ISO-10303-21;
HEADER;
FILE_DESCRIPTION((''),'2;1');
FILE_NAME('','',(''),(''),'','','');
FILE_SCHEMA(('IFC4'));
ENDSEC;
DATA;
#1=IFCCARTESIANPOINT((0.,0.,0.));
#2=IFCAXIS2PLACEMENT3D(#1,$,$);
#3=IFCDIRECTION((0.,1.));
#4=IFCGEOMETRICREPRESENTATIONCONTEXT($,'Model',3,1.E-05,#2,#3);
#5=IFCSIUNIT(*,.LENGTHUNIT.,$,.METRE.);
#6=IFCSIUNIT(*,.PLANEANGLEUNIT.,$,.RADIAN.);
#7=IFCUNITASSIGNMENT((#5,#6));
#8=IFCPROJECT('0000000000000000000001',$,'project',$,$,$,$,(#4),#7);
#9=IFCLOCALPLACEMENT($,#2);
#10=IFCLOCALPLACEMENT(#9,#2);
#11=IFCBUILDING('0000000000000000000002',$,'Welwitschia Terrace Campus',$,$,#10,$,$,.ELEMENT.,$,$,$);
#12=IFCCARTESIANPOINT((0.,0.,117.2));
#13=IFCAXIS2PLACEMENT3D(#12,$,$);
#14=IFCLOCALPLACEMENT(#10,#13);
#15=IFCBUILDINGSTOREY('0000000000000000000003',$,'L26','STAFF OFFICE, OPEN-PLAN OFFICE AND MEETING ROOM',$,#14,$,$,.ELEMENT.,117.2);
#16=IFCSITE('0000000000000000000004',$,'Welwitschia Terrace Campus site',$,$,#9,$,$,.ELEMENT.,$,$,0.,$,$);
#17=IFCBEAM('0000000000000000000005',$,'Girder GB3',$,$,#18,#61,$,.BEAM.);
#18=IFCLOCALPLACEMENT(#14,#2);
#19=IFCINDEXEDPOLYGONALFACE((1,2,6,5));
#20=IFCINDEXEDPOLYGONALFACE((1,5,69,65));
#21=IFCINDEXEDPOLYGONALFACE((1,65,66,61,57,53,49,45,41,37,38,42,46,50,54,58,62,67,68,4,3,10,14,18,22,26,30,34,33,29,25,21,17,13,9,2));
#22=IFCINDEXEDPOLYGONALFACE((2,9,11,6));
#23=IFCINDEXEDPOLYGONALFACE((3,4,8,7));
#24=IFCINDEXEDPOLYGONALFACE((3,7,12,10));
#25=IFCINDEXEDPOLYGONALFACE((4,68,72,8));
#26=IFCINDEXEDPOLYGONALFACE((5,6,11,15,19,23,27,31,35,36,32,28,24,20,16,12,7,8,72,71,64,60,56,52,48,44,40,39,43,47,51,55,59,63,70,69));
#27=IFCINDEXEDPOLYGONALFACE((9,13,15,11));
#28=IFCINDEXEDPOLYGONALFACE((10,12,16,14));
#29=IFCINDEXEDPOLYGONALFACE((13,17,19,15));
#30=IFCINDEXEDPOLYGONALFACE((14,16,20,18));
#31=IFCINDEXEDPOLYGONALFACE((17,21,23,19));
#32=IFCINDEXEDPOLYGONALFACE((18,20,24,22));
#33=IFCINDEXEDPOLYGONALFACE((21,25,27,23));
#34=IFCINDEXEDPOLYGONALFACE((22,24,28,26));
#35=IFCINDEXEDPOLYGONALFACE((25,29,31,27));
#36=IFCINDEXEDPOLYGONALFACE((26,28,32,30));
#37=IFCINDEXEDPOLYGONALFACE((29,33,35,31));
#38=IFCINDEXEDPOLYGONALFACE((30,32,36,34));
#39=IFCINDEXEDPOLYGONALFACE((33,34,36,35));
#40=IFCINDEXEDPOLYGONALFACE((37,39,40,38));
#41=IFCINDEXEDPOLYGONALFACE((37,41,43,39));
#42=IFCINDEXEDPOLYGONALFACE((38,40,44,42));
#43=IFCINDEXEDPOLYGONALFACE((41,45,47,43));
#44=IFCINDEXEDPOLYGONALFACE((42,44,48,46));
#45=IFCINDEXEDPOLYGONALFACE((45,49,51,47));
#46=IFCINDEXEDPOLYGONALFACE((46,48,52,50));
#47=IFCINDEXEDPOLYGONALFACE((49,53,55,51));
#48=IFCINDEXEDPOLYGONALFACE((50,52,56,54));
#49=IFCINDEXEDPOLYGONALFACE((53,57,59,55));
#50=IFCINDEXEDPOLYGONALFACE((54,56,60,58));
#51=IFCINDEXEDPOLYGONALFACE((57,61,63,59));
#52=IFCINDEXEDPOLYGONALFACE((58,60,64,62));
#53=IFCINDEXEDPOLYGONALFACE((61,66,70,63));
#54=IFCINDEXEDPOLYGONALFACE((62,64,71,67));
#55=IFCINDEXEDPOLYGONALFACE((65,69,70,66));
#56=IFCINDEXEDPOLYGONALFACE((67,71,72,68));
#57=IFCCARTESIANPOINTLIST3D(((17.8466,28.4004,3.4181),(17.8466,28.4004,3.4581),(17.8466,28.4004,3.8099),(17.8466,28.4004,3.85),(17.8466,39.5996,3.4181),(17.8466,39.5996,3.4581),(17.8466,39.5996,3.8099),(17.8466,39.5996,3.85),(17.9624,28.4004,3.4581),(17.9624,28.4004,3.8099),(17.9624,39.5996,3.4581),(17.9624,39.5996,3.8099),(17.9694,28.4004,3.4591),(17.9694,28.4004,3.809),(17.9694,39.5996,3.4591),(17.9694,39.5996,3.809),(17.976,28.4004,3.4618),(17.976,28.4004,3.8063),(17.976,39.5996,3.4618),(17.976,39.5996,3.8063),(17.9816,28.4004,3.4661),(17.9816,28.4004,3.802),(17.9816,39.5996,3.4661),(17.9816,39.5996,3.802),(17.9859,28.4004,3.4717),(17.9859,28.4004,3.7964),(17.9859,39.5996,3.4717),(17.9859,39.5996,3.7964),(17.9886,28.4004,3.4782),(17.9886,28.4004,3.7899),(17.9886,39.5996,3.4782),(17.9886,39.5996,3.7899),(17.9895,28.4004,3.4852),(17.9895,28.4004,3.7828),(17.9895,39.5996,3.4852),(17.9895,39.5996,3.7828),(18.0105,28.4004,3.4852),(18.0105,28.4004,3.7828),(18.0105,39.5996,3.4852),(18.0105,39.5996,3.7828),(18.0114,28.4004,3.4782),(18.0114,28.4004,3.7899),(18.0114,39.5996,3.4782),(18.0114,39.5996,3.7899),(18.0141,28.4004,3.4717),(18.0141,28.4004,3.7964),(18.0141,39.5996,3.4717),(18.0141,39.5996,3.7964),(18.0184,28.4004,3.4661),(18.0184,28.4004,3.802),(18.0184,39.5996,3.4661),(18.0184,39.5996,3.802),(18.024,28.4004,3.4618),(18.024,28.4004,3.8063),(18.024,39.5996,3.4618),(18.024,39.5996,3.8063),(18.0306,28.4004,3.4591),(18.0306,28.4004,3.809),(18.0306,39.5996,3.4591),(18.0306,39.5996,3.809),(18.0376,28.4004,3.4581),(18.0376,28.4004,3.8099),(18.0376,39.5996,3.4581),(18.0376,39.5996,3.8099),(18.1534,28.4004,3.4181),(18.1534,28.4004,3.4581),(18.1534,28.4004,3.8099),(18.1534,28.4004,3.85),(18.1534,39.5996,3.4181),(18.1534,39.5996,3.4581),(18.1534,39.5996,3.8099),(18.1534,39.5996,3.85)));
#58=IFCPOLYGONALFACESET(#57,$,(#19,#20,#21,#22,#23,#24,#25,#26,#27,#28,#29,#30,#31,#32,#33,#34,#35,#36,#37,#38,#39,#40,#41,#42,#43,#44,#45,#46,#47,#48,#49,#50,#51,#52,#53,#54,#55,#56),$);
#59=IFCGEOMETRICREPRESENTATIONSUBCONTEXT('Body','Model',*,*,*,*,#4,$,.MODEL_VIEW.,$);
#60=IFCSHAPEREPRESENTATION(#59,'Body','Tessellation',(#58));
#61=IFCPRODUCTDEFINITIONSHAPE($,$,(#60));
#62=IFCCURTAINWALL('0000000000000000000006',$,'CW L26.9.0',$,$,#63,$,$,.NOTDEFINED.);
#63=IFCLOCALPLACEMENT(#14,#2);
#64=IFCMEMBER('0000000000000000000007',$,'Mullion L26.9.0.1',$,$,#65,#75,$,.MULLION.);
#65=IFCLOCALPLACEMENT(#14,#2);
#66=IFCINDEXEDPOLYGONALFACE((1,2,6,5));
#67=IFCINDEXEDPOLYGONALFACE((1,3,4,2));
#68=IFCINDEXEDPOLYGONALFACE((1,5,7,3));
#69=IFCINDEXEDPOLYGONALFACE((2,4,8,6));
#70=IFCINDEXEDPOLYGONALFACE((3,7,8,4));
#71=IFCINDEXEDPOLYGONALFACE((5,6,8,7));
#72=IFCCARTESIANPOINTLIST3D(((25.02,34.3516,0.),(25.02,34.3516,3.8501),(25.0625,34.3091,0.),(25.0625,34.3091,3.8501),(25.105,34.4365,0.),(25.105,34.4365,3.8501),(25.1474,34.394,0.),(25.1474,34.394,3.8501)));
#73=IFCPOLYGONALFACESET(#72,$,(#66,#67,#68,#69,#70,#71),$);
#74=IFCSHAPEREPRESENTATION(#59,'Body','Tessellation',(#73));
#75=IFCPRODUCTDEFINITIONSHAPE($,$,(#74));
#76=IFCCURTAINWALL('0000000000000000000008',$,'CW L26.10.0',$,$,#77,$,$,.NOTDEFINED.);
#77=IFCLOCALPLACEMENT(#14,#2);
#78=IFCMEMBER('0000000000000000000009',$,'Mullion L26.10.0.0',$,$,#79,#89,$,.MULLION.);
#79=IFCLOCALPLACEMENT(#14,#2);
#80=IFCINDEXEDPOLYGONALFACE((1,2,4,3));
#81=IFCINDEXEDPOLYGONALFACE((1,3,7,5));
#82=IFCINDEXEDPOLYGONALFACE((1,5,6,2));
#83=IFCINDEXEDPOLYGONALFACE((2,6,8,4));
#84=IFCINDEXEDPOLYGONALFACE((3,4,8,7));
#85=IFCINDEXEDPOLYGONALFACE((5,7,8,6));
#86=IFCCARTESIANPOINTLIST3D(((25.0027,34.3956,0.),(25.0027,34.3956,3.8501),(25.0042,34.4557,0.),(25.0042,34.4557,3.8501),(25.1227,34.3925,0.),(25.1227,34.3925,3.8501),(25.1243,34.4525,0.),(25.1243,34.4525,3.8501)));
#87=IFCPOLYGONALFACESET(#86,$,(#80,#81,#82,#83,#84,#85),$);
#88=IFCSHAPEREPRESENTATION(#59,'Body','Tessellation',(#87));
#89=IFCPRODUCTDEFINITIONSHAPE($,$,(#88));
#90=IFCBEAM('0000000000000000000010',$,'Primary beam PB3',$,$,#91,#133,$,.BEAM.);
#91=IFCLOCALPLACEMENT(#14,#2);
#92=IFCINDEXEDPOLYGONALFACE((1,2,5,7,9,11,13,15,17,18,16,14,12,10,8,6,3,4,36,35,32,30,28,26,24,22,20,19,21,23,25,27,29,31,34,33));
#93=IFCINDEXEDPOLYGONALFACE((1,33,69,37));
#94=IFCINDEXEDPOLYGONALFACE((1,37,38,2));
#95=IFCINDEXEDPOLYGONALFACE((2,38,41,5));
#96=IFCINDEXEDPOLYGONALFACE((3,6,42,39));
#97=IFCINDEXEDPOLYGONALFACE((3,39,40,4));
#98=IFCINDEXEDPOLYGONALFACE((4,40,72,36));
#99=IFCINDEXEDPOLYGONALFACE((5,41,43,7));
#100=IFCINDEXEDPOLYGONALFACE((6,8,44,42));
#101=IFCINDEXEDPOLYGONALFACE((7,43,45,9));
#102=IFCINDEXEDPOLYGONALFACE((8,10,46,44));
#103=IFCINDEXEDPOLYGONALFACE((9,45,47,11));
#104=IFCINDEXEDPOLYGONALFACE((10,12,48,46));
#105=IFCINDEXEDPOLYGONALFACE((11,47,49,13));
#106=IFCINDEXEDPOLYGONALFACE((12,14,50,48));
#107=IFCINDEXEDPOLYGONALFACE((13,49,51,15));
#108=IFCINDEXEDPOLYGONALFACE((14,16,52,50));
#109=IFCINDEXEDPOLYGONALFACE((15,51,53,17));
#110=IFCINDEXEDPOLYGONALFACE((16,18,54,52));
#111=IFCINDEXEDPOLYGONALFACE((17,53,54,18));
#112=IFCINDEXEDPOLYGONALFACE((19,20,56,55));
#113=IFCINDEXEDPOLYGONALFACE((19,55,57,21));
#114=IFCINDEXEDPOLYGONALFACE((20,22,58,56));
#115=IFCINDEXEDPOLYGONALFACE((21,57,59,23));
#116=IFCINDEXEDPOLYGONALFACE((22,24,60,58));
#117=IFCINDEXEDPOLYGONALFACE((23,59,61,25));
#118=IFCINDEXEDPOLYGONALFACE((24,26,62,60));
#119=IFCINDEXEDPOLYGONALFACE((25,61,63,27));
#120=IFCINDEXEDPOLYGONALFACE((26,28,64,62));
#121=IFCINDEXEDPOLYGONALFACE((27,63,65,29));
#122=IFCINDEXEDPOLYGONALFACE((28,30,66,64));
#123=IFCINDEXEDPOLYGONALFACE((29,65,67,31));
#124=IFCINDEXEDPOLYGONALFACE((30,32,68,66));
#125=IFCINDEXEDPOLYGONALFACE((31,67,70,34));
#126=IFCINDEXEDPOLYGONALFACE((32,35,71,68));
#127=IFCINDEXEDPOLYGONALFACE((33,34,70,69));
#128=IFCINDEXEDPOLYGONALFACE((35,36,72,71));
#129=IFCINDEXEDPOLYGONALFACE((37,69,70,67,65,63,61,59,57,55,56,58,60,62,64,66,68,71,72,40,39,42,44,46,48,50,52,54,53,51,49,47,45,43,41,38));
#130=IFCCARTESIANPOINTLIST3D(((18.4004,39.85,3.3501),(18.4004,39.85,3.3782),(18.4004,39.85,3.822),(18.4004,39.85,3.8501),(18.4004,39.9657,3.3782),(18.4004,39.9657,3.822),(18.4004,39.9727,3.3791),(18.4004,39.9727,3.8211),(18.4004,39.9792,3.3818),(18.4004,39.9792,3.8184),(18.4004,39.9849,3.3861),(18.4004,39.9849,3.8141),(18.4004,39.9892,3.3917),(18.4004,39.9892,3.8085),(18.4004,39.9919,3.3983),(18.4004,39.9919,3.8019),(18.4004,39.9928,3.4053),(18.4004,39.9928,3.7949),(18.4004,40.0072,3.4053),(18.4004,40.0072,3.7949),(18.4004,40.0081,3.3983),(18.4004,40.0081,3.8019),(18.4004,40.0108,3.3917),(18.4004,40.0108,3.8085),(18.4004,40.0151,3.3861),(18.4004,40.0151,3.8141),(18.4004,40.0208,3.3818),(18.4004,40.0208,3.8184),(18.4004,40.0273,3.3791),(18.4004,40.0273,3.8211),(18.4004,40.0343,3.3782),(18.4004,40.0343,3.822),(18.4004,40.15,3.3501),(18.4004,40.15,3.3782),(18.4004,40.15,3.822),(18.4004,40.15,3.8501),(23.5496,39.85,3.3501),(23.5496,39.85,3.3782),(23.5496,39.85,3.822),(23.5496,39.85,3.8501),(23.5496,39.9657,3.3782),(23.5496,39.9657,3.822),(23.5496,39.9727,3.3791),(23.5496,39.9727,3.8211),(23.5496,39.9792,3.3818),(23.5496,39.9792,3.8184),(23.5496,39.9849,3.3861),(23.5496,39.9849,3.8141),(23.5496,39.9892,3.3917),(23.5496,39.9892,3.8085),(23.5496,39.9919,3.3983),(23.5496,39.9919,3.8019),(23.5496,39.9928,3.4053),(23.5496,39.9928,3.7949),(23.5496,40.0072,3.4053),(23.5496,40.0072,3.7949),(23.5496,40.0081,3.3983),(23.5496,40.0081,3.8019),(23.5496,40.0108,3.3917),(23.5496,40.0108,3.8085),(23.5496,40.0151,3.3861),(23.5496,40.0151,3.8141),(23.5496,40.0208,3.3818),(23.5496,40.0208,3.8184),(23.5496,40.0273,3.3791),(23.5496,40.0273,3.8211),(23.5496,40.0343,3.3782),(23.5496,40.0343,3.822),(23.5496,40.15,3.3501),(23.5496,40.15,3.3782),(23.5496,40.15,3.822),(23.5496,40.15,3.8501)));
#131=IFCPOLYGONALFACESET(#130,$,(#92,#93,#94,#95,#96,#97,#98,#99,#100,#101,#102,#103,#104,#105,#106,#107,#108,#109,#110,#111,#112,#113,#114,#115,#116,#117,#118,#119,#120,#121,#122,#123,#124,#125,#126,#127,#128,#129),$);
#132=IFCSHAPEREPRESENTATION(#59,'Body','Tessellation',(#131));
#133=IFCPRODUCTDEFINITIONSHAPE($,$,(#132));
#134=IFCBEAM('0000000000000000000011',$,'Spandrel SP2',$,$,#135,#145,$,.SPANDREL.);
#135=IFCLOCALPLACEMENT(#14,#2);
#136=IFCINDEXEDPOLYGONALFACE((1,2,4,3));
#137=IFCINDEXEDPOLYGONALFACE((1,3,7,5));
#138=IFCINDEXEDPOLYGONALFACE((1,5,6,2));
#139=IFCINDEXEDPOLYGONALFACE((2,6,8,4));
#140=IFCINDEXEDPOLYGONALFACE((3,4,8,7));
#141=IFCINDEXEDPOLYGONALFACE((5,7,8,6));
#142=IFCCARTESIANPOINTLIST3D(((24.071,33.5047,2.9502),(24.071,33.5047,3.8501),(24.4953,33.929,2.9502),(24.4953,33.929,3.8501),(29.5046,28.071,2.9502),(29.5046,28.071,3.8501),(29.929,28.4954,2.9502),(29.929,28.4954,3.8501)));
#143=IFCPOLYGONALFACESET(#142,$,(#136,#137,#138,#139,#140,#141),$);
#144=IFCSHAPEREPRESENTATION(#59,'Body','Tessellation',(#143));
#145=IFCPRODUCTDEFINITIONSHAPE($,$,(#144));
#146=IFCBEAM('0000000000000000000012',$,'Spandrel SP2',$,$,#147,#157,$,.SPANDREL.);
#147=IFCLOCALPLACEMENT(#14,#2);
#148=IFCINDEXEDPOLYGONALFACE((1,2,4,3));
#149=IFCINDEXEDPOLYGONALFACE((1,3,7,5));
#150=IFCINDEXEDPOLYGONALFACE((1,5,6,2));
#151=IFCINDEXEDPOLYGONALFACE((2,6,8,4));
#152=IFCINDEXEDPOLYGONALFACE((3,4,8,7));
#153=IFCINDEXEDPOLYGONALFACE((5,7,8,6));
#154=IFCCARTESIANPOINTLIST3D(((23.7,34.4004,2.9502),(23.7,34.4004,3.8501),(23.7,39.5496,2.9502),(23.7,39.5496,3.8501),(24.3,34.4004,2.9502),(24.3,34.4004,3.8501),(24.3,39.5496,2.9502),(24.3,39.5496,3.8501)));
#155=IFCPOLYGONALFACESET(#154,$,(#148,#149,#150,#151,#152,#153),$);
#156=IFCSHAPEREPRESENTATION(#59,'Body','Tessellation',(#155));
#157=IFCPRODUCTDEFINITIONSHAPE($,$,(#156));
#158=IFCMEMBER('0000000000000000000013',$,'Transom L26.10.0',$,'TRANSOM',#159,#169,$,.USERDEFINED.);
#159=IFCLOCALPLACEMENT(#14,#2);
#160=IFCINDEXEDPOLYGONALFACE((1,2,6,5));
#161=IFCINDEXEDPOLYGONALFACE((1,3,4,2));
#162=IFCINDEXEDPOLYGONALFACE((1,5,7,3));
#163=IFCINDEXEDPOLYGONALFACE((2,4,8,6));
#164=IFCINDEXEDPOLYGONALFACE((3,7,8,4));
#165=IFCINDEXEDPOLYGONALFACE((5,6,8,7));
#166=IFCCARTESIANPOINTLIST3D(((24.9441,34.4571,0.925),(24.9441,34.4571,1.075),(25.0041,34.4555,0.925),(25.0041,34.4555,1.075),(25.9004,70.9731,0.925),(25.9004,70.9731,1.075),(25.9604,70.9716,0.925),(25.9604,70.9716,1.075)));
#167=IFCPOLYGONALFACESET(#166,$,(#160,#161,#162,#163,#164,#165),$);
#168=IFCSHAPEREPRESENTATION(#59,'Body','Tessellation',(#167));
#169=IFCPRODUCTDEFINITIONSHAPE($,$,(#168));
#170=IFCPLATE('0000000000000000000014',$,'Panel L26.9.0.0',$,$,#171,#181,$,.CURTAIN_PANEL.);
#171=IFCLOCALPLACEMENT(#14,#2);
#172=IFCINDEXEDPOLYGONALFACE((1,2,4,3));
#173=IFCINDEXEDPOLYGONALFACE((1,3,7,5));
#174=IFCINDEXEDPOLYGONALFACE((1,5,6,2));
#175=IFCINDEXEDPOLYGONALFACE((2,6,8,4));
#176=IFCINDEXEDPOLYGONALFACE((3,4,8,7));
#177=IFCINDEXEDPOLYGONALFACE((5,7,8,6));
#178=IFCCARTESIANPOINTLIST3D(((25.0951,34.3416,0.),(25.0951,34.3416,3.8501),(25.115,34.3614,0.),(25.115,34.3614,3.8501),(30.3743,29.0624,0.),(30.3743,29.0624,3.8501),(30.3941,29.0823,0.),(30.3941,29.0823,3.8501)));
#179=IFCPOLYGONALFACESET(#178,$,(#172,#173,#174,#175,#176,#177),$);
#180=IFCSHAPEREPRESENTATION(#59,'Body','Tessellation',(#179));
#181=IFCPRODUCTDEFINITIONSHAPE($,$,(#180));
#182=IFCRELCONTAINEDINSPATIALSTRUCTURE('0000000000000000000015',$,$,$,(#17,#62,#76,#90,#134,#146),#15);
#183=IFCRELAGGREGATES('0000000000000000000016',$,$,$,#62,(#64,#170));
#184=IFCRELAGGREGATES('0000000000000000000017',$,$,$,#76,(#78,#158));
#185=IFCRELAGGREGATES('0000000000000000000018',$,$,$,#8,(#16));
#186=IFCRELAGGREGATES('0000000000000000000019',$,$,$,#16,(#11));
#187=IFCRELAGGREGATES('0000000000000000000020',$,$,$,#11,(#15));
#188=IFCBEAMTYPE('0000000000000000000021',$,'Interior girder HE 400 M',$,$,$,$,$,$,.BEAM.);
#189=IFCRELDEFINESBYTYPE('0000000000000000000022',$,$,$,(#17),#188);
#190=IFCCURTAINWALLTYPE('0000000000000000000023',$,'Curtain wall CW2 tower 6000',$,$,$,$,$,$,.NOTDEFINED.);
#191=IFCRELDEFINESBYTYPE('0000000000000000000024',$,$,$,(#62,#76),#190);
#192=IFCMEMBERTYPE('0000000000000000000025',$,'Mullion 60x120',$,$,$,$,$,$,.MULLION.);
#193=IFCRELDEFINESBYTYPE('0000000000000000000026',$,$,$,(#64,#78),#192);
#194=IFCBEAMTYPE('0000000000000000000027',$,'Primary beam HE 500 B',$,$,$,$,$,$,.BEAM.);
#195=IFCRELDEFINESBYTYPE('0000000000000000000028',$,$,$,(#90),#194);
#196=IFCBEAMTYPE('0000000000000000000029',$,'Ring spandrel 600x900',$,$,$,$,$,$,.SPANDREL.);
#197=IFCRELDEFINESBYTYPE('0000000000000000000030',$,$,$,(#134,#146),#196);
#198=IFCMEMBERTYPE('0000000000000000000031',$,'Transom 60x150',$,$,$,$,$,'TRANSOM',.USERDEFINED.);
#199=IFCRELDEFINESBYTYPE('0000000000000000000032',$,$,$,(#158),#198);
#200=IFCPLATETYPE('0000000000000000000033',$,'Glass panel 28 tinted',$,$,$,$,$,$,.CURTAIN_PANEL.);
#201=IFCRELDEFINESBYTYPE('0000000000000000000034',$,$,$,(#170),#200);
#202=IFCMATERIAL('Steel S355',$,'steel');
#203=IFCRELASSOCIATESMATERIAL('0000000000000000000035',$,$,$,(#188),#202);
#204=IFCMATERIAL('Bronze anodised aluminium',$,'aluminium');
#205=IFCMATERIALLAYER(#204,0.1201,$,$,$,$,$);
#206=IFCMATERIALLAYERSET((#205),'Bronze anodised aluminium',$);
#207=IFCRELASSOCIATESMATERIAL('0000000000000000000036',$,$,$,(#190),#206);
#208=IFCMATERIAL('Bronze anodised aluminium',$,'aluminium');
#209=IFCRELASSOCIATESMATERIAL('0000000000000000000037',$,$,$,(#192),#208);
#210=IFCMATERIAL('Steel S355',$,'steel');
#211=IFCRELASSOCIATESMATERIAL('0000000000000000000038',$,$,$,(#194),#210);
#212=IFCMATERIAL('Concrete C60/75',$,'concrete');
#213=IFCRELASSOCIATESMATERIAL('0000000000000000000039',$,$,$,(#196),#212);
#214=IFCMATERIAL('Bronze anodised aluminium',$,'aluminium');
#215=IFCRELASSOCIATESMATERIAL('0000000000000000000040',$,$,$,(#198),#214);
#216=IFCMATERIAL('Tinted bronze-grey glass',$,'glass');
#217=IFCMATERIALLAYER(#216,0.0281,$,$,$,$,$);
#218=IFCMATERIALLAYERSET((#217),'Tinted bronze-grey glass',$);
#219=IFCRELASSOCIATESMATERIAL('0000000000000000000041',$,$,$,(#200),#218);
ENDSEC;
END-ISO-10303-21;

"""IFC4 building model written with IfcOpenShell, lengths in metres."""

from ifc_helpers import new_model, si_unit, direction, frame, origin, origin_2d, place, context, subcontext, project, spatial, rectangle, i_section, extrude, material, layer, layer_set, material_profile, profile_set, type_object, element, aggregate, save


model = new_model("IFC4")

# Units and contexts
model_context = context("Model", 3, precision=1e-05, world=origin(), true_north=direction((0.0, 1.0)))
body_context = subcontext(model_context, "Body", "Model", "MODEL_VIEW")
ifc_project = project(units=[si_unit("LENGTHUNIT", "METRE"), si_unit("PLANEANGLEUNIT", "RADIAN")], contexts=[model_context])

# Site, building, storey
site_placement = place(None, origin())
site = spatial("IfcSite", under=ifc_project, at=site_placement, Name="Welwitschia Terrace Campus site", CompositionType="ELEMENT", RefElevation=0.0)
building_placement = place(site_placement, origin())
building = spatial("IfcBuilding", under=site, at=building_placement, Name="Welwitschia Terrace Campus", CompositionType="ELEMENT")
storey_placement = place(building_placement, frame((0.0, 0.0, 117.2)))
storey = spatial("IfcBuildingStorey", under=building, at=storey_placement, Name="L26", Description="STAFF OFFICE, OPEN-PLAN OFFICE AND MEETING ROOM", CompositionType="ELEMENT", Elevation=117.2)

# Beam
ifc_material_1 = material(Name="Steel S355", Category="steel")
ifc_material_profile_1 = material_profile(ifc_material_1, i_section(OverallWidth=0.3069, OverallDepth=0.4319, WebThickness=0.021, FlangeThickness=0.04, FilletRadius=0.0271, at=origin_2d()))
ifc_profile_set_1 = profile_set([ifc_material_profile_1], Name="Steel S355")
beam_type_1 = type_object("IfcBeamType", Name="Interior girder HE 400 M", PredefinedType="BEAM", material=ifc_profile_set_1)
beam_1_placement = place(storey_placement, frame((18.0, 28.4004, 3.634), z_axis=(0.0, 1.0, 0.0), x_axis=(-1.0, 0.0, 0.0)))
element("IfcBeam", 1, at=beam_1_placement, inside=storey, type_object=beam_type_1, Name="Girder GB3", PredefinedType="BEAM", context=body_context, shape_type="SweptSolid", body=[
    extrude(i_section(OverallWidth=0.3069, OverallDepth=0.4319, WebThickness=0.021, FlangeThickness=0.04, FilletRadius=0.0271, at=origin_2d()), origin(), (0.0, 0.0, 1.0), 11.1992),
])

# Curtain walls, members
ifc_material_2 = material(Name="Bronze anodised aluminium", Category="aluminium")
ifc_layer_1 = layer(ifc_material_2, 0.1201)
ifc_layer_set_1 = layer_set([ifc_layer_1], Name="Bronze anodised aluminium")
curtain_wall_type = type_object("IfcCurtainWallType", Name="Curtain wall CW2 tower 6000", PredefinedType="NOTDEFINED", material=ifc_layer_set_1)
curtain_wall_1_placement = place(storey_placement, origin())
curtain_wall_1 = element("IfcCurtainWall", 2, at=curtain_wall_1_placement, inside=storey, type_object=curtain_wall_type, Name="CW L26.9.0", PredefinedType="NOTDEFINED")
ifc_material_3 = material(Name="Bronze anodised aluminium", Category="aluminium")
ifc_material_profile_2 = material_profile(ifc_material_3, rectangle(XDim=0.1201, YDim=0.0601, at=origin_2d()))
ifc_profile_set_2 = profile_set([ifc_material_profile_2], Name="Bronze anodised aluminium")
member_type_1 = type_object("IfcMemberType", Name="Mullion 60x120", PredefinedType="MULLION", material=ifc_profile_set_2)
member_1_placement = place(storey_placement, frame((25.0837, 34.3728, 0.0), z_axis=(0.0, 0.0, 1.0), x_axis=(-0.707107, -0.707107, 0.0)))
member_1 = element("IfcMember", 3, at=member_1_placement, type_object=member_type_1, Name="Mullion L26.9.0.1", PredefinedType="MULLION", context=body_context, shape_type="SweptSolid", body=[
    extrude(rectangle(XDim=0.1201, YDim=0.0601, at=origin_2d()), origin(), (0.0, 0.0, 1.0), 3.8501),
])
curtain_wall_2_placement = place(storey_placement, origin())
curtain_wall_2 = element("IfcCurtainWall", 4, at=curtain_wall_2_placement, inside=storey, type_object=curtain_wall_type, Name="CW L26.10.0", PredefinedType="NOTDEFINED")
member_2_placement = place(storey_placement, frame((25.0635, 34.4241, 0.0), z_axis=(0.0, 0.0, 1.0), x_axis=(-0.999657, 0.026177, 0.0)))
member_2 = element("IfcMember", 5, at=member_2_placement, type_object=member_type_1, Name="Mullion L26.10.0.0", PredefinedType="MULLION", context=body_context, shape_type="SweptSolid", body=[
    extrude(rectangle(XDim=0.1201, YDim=0.0601, at=origin_2d()), origin(), (0.0, 0.0, 1.0), 3.8501),
])

# Beams
ifc_material_4 = material(Name="Steel S355", Category="steel")
ifc_material_profile_3 = material_profile(ifc_material_4, i_section(OverallWidth=0.3, OverallDepth=0.5, WebThickness=0.0144, FlangeThickness=0.0281, FilletRadius=0.0271, at=origin_2d()))
ifc_profile_set_3 = profile_set([ifc_material_profile_3], Name="Steel S355")
beam_type_2 = type_object("IfcBeamType", Name="Primary beam HE 500 B", PredefinedType="BEAM", material=ifc_profile_set_3)
beam_2_placement = place(storey_placement, frame((23.5496, 40.0, 3.6001), z_axis=(-1.0, 0.0, 0.0), x_axis=(0.0, -1.0, 0.0)))
element("IfcBeam", 6, at=beam_2_placement, inside=storey, type_object=beam_type_2, Name="Primary beam PB3", PredefinedType="BEAM", context=body_context, shape_type="SweptSolid", body=[
    extrude(i_section(OverallWidth=0.3, OverallDepth=0.5, WebThickness=0.0144, FlangeThickness=0.0281, FilletRadius=0.0271, at=origin_2d()), origin(), (0.0, 0.0, 1.0), 5.1492),
])
ifc_material_5 = material(Name="Concrete C60/75", Category="concrete")
ifc_material_profile_4 = material_profile(ifc_material_5, rectangle(XDim=0.6001, YDim=0.8999, at=origin_2d()))
ifc_profile_set_4 = profile_set([ifc_material_profile_4], Name="Concrete C60/75")
beam_type_3 = type_object("IfcBeamType", Name="Ring spandrel 600x900", PredefinedType="SPANDREL", material=ifc_profile_set_4)
beam_3_placement = place(storey_placement, frame((29.7168, 28.2832, 3.4001), z_axis=(-0.707107, 0.707107, 0.0), x_axis=(-0.707107, -0.707107, 0.0)))
element("IfcBeam", 7, at=beam_3_placement, inside=storey, type_object=beam_type_3, Name="Spandrel SP2", PredefinedType="SPANDREL", context=body_context, shape_type="SweptSolid", body=[
    extrude(rectangle(XDim=0.6001, YDim=0.8999, at=origin_2d()), origin(), (0.0, 0.0, 1.0), 7.6843),
])
beam_4_placement = place(storey_placement, frame((24.0, 34.4004, 3.4001), z_axis=(0.0, 1.0, 0.0), x_axis=(-1.0, 0.0, 0.0)))
element("IfcBeam", 8, at=beam_4_placement, inside=storey, type_object=beam_type_3, Name="Spandrel SP2", PredefinedType="SPANDREL", context=body_context, shape_type="SweptSolid", body=[
    extrude(rectangle(XDim=0.6001, YDim=0.8999, at=origin_2d()), origin(), (0.0, 0.0, 1.0), 5.1492),
])

# Member
ifc_material_6 = material(Name="Bronze anodised aluminium", Category="aluminium")
ifc_material_profile_5 = material_profile(ifc_material_6, rectangle(XDim=0.0601, YDim=0.1499, at=origin_2d()))
ifc_profile_set_5 = profile_set([ifc_material_profile_5], Name="Bronze anodised aluminium")
member_type_2 = type_object("IfcMemberType", Name="Transom 60x150", ElementType="TRANSOM", PredefinedType="USERDEFINED", material=ifc_profile_set_5)
member_3_placement = place(storey_placement, frame((24.9741, 34.4563, 1.0), z_axis=(0.026179, 0.999657, 0.0), x_axis=(-0.999657, 0.026179, 0.0)))
member_3 = element("IfcMember", 9, at=member_3_placement, type_object=member_type_2, Name="Transom L26.10.0", ObjectType="TRANSOM", PredefinedType="USERDEFINED", context=body_context, shape_type="SweptSolid", body=[
    extrude(rectangle(XDim=0.0601, YDim=0.1499, at=origin_2d()), origin(), (0.0, 0.0, 1.0), 36.5286),
])

# Plate
ifc_material_7 = material(Name="Tinted bronze-grey glass", Category="glass")
ifc_layer_2 = layer(ifc_material_7, 0.0281)
ifc_layer_set_2 = layer_set([ifc_layer_2], Name="Tinted bronze-grey glass")
plate_type = type_object("IfcPlateType", Name="Glass panel 28 tinted", PredefinedType="CURTAIN_PANEL", material=ifc_layer_set_2)
plate_1_placement = place(storey_placement, frame((27.7446, 31.7119, 0.0), z_axis=(0.0, 0.0, 1.0), x_axis=(-0.707107, 0.707107, 0.0)))
plate_1 = element("IfcPlate", 10, at=plate_1_placement, type_object=plate_type, Name="Panel L26.9.0.0", PredefinedType="CURTAIN_PANEL", context=body_context, shape_type="SweptSolid", body=[
    extrude(rectangle(XDim=7.4658, YDim=0.0281, at=origin_2d()), origin(), (0.0, 0.0, 1.0), 3.8501),
])
aggregate(curtain_wall_1, [member_1, plate_1])
aggregate(curtain_wall_2, [member_2, member_3])

save(model, "model.ifc")
